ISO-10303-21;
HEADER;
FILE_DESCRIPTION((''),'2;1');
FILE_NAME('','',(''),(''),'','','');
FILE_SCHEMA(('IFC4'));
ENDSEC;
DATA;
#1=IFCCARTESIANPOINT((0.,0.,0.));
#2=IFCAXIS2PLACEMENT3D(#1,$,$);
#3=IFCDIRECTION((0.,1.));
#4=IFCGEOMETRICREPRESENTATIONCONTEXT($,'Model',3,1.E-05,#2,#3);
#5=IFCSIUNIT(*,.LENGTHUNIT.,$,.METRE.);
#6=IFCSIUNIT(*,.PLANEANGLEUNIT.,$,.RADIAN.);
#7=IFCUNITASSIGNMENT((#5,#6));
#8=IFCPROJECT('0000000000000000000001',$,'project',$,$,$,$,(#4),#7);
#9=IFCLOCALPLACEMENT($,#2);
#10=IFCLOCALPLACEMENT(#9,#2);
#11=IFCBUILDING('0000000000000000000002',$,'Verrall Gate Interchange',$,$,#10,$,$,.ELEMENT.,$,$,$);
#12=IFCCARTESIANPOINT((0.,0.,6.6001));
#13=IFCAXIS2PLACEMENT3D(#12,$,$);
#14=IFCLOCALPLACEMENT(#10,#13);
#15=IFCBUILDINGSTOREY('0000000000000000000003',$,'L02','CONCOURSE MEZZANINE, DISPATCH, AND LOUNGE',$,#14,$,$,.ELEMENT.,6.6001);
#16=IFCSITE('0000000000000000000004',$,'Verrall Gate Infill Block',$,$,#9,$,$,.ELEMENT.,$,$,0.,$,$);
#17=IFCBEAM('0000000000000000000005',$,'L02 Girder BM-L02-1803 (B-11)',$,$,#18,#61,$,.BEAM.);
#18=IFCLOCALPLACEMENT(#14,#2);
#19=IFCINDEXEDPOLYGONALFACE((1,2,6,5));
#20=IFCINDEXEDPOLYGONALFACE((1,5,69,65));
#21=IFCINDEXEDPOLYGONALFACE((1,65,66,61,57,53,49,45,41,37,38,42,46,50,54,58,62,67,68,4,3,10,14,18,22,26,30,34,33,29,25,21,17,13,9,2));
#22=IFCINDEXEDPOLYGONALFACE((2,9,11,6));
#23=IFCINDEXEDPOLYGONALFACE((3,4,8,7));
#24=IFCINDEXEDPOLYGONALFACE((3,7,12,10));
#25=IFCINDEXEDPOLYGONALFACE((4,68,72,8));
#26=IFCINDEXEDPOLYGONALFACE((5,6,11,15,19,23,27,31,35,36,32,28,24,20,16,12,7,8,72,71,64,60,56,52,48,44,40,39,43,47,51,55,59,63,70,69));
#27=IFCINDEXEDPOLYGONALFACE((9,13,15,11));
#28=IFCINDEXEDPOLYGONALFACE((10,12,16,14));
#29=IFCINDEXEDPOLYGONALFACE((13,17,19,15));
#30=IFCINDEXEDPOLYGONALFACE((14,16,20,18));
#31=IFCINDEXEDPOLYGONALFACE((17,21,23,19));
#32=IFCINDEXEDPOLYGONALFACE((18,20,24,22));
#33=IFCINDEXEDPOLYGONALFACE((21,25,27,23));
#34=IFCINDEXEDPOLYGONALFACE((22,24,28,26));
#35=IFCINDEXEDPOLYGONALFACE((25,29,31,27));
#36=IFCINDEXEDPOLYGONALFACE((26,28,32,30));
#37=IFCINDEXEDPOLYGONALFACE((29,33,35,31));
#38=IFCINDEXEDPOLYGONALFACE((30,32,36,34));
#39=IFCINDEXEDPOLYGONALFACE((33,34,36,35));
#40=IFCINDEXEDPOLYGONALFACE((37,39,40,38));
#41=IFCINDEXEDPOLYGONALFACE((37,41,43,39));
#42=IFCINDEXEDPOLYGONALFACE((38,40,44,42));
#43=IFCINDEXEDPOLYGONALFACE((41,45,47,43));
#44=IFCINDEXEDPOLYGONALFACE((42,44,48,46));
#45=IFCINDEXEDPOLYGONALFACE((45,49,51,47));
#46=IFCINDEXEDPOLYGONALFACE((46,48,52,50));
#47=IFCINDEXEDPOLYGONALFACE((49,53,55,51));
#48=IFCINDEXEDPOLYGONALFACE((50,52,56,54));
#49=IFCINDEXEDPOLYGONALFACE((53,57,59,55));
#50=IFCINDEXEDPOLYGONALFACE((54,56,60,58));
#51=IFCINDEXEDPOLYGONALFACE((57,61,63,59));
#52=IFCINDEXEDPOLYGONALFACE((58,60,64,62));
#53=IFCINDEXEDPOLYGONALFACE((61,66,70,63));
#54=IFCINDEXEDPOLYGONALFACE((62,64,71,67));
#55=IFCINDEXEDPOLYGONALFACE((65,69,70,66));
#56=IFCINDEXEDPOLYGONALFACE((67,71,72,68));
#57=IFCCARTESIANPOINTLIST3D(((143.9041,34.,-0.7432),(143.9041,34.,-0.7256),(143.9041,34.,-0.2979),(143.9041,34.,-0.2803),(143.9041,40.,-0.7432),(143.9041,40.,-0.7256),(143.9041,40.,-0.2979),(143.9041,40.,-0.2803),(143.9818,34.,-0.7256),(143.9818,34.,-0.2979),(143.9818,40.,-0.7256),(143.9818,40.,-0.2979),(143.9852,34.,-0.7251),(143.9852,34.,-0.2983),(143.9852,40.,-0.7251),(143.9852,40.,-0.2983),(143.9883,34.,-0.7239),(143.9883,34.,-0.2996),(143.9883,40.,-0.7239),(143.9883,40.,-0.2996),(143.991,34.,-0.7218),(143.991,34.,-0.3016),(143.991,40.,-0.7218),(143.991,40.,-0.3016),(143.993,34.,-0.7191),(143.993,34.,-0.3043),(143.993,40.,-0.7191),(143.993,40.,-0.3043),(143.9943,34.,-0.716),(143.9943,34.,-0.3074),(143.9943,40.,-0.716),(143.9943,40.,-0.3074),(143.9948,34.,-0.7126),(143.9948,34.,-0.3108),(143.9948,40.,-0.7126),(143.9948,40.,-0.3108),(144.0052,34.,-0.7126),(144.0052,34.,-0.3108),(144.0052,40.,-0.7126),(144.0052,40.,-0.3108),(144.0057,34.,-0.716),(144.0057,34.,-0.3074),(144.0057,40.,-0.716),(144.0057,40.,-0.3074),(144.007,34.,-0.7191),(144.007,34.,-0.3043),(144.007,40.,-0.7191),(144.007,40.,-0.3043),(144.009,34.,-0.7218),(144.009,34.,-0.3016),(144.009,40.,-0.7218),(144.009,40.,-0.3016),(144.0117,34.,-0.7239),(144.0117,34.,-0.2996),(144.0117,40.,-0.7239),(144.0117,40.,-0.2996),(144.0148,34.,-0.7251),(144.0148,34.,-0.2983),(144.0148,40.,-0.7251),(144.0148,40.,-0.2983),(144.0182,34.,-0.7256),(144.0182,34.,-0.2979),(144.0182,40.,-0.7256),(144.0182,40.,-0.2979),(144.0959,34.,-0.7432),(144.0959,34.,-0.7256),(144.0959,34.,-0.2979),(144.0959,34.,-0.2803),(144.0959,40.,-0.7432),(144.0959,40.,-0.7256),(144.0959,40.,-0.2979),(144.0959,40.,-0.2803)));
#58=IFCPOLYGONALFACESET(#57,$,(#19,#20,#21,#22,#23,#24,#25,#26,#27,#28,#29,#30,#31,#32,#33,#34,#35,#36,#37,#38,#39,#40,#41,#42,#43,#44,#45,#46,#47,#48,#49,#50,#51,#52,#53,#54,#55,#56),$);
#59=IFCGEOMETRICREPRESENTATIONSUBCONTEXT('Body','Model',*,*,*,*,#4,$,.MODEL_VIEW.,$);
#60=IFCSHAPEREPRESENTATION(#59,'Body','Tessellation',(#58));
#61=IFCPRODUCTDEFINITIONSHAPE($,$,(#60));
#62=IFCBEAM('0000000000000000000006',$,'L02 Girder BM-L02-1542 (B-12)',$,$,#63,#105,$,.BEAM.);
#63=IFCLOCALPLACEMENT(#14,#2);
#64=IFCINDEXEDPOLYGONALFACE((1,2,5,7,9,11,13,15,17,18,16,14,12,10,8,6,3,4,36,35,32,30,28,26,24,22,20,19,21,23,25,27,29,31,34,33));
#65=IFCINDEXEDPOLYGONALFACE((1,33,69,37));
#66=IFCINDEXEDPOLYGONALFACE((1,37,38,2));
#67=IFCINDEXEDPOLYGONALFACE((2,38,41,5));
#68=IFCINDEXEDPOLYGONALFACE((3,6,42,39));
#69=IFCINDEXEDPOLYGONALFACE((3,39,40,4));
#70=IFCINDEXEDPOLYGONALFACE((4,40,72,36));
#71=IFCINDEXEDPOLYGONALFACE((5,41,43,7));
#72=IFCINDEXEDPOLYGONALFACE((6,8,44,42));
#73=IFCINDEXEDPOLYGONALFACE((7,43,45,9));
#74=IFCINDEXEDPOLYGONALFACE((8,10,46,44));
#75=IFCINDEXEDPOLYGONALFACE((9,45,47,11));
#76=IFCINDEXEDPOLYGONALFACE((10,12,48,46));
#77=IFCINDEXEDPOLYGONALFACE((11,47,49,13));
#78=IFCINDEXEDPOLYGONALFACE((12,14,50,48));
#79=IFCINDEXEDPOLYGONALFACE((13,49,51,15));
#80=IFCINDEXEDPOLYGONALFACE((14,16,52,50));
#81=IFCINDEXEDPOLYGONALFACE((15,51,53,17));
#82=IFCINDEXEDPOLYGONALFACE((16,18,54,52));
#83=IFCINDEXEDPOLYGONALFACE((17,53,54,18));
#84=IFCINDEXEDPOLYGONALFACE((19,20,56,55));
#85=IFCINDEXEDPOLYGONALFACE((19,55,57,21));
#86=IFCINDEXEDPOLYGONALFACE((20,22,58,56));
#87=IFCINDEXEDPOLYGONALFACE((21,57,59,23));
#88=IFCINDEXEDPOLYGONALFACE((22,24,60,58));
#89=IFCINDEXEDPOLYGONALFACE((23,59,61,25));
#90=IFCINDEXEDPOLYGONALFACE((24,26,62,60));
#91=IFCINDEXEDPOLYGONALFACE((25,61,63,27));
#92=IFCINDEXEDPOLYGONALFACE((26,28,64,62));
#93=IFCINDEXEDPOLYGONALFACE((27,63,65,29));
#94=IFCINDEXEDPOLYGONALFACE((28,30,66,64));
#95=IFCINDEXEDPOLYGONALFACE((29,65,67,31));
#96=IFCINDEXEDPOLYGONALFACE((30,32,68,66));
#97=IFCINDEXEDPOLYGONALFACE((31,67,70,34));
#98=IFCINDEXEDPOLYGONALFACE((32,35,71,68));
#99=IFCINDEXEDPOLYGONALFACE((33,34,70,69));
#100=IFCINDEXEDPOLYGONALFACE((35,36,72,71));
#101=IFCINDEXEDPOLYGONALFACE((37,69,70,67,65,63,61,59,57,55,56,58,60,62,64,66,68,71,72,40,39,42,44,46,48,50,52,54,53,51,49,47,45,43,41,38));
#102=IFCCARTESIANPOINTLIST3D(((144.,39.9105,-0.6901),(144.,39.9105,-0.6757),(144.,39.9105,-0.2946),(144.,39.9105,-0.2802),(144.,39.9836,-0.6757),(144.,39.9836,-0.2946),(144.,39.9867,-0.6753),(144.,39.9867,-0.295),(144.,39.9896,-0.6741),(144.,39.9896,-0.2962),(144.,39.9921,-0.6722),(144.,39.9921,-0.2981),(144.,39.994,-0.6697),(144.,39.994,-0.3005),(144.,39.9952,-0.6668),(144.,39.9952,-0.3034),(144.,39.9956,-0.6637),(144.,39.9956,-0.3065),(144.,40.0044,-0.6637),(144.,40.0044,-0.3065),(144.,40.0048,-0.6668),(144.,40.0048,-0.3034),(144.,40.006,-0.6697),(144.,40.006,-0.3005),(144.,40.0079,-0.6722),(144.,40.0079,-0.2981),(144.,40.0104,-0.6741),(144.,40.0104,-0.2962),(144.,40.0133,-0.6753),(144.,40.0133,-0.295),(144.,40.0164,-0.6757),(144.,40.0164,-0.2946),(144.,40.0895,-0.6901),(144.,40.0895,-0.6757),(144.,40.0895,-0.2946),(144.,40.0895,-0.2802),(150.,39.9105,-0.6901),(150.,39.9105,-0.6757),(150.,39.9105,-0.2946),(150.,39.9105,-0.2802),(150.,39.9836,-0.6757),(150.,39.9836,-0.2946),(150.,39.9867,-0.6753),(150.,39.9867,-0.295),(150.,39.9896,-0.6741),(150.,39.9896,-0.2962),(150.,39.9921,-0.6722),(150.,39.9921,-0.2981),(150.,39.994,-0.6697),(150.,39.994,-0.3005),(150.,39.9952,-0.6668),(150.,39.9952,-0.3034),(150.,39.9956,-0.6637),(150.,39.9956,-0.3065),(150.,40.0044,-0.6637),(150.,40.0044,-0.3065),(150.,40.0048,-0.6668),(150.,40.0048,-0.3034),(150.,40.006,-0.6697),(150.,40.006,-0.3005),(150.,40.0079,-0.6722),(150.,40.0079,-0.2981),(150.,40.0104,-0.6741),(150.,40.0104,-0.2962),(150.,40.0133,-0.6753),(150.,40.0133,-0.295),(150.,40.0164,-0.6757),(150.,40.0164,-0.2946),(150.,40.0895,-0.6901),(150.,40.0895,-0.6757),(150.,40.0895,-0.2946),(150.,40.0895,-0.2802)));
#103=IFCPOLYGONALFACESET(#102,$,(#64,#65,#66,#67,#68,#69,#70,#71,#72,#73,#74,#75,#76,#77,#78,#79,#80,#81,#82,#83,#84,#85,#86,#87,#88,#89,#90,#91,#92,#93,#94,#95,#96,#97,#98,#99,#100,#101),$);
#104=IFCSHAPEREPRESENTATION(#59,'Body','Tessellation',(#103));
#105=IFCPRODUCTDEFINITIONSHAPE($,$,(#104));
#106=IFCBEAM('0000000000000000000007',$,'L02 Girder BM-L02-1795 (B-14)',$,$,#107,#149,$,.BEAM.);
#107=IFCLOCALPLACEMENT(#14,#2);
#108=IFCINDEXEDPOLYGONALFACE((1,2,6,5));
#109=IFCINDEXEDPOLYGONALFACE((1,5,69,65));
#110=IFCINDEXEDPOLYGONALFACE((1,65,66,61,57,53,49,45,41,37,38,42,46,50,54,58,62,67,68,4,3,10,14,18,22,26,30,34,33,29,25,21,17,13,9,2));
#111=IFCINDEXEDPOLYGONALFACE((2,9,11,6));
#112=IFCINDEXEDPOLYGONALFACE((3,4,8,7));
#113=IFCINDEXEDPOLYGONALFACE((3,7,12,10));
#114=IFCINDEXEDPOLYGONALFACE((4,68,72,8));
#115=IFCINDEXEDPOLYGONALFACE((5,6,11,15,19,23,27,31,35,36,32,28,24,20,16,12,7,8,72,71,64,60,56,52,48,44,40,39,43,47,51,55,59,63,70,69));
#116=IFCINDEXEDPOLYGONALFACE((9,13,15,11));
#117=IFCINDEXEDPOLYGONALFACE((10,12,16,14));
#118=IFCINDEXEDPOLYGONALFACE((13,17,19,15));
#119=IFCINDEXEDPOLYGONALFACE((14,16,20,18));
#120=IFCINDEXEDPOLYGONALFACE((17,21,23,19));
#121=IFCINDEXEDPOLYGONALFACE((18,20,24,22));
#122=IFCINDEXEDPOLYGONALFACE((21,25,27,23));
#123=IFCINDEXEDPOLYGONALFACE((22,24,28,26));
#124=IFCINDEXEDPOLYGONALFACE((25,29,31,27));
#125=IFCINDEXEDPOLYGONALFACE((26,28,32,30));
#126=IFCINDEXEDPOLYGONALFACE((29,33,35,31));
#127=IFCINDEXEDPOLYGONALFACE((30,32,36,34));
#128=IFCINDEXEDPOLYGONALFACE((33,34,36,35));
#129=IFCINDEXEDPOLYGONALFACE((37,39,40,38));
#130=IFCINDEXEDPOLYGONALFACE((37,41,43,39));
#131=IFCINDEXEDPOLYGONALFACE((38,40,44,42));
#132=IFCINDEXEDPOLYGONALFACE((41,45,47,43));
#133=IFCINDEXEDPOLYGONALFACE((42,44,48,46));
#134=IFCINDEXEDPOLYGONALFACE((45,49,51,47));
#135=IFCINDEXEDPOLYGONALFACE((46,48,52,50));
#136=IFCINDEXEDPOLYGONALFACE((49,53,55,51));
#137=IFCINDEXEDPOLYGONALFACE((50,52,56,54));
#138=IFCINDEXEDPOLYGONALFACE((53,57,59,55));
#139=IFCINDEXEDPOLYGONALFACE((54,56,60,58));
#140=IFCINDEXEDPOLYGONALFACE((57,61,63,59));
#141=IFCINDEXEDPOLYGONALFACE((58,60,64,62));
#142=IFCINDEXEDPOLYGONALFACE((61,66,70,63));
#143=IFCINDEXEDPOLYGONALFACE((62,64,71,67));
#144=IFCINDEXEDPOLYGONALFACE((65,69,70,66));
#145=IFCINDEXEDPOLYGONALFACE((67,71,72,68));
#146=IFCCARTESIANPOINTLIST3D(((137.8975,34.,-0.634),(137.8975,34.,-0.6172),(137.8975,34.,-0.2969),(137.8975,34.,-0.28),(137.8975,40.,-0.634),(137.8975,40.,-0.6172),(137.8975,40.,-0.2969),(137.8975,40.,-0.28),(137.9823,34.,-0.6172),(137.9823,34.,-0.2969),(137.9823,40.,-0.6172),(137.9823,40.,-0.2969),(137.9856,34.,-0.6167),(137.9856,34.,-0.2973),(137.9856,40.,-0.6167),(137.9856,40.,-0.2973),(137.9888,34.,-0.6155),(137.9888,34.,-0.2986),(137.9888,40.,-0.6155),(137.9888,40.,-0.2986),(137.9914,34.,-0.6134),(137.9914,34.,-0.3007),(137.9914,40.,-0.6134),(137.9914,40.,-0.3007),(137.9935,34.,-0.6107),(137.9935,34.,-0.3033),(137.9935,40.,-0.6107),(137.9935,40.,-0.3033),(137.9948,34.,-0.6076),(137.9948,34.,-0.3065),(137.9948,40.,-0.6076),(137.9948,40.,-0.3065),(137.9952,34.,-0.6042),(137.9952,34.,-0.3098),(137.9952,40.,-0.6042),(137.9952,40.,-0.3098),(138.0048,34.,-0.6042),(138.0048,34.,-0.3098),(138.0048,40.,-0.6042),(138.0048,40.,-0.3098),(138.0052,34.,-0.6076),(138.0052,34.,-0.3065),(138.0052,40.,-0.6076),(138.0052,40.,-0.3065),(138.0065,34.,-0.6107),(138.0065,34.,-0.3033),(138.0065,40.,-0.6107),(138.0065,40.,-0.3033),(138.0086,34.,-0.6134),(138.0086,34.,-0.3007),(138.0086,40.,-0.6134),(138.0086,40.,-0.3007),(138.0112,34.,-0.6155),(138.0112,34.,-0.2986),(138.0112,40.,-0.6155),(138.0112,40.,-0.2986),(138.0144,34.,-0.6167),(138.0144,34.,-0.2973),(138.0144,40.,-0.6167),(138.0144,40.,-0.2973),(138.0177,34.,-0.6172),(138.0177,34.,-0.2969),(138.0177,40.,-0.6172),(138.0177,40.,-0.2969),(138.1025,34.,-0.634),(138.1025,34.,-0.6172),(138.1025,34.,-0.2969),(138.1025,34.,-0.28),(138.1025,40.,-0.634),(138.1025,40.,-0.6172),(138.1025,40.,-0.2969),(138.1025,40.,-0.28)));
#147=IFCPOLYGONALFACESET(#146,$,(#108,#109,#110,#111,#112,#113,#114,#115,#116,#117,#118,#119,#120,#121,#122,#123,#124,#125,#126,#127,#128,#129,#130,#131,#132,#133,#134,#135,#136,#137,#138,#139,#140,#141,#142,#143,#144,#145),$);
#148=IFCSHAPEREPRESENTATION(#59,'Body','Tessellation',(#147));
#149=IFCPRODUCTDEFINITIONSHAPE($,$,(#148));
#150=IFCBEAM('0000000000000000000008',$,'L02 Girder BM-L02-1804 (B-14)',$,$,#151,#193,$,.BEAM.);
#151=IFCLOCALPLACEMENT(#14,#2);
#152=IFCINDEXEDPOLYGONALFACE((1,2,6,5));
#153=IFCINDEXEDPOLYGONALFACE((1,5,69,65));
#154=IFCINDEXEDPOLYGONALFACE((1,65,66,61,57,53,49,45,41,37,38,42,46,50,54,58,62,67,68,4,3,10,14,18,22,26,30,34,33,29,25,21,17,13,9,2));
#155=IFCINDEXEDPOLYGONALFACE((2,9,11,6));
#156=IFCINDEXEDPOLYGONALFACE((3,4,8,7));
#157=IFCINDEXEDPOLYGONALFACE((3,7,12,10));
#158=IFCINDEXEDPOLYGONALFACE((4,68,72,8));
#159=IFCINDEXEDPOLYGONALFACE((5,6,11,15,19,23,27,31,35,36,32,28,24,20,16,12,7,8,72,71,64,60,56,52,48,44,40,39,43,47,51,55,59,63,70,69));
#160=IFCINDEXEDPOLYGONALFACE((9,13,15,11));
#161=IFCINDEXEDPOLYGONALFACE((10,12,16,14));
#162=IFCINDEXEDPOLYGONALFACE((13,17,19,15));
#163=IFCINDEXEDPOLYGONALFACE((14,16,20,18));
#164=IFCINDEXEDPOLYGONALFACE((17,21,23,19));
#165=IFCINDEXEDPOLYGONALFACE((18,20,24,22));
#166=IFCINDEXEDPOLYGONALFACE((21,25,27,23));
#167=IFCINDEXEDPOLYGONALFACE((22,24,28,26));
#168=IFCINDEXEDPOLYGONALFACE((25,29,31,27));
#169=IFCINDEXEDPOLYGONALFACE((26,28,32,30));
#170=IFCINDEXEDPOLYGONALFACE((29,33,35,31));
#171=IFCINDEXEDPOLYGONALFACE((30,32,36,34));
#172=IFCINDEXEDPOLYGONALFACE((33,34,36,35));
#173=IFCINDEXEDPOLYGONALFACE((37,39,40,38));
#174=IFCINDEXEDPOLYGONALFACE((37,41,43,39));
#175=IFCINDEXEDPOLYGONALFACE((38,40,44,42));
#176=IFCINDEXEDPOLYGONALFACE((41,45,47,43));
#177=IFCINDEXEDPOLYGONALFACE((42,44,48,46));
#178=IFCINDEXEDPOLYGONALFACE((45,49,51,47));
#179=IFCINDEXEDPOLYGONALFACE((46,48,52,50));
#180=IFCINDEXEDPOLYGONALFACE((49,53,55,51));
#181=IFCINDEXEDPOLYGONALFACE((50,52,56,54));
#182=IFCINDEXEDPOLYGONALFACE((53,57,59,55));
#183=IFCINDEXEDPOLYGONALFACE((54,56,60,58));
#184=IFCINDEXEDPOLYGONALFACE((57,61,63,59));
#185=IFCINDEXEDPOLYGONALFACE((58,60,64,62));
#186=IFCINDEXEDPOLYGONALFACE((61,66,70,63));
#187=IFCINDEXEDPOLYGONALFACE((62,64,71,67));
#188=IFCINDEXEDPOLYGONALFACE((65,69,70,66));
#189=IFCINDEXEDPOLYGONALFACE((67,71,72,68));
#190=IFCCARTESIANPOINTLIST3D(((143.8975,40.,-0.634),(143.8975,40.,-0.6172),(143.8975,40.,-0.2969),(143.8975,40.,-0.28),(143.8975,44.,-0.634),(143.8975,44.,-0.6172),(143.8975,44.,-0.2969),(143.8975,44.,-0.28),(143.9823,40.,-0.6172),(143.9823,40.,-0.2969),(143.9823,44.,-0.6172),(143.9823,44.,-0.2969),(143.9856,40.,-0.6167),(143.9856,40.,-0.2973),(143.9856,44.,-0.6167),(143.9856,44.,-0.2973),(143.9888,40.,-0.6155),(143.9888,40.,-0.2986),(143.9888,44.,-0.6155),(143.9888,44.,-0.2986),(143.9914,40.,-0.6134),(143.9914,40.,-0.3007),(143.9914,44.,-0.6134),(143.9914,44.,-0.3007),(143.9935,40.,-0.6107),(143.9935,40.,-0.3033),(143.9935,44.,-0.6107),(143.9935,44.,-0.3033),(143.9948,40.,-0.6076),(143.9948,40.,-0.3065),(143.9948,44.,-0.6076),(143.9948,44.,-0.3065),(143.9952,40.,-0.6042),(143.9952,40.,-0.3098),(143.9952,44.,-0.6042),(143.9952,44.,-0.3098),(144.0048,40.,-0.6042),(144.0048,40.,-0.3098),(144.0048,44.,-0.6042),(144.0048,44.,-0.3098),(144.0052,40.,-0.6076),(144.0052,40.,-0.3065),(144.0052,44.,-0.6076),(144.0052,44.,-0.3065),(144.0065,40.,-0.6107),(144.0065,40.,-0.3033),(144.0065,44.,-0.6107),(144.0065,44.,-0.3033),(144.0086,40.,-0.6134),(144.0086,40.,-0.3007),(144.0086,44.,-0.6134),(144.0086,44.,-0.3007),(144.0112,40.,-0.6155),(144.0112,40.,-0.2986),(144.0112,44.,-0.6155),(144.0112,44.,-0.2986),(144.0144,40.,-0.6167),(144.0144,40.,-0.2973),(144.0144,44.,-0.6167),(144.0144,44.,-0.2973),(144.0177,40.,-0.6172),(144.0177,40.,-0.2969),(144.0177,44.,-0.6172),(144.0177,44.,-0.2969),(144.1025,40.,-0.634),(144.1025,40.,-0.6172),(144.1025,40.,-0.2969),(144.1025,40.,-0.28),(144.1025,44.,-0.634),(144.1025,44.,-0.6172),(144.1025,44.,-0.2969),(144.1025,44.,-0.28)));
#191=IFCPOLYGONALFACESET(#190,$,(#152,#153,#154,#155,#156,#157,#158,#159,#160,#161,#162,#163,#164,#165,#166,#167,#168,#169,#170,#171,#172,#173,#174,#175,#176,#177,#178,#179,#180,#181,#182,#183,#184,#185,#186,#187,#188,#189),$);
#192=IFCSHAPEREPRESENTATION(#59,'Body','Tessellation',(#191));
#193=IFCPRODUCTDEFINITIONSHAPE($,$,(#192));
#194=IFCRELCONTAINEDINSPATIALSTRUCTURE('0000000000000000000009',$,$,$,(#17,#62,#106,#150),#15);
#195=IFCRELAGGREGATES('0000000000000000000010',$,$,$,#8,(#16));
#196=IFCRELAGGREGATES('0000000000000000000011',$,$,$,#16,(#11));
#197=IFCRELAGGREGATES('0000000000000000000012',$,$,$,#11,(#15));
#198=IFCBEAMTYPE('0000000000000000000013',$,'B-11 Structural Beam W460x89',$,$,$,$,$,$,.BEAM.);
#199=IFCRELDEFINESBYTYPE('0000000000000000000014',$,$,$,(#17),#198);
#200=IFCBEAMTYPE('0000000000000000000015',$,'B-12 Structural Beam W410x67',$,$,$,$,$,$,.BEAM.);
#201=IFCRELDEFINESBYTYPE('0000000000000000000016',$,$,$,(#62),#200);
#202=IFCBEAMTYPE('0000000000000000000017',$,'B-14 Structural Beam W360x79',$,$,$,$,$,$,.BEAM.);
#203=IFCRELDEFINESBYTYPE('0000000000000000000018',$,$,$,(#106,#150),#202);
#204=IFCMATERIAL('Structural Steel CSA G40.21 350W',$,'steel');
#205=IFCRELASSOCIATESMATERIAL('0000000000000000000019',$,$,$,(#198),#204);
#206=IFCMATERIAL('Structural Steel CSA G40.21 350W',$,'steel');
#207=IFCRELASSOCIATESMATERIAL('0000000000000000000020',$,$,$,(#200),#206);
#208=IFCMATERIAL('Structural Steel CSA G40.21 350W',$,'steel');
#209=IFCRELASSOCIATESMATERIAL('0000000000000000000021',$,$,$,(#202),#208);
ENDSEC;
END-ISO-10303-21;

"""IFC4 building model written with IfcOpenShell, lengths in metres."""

from ifc_helpers import new_model, si_unit, direction, frame, origin, origin_2d, place, context, subcontext, project, spatial, i_section, extrude, material, material_profile, profile_set, type_object, element, save


model = new_model("IFC4")

# Units and contexts
model_context = context("Model", 3, precision=1e-05, world=origin(), true_north=direction((0.0, 1.0)))
body_context = subcontext(model_context, "Body", "Model", "MODEL_VIEW")
ifc_project = project(units=[si_unit("LENGTHUNIT", "METRE"), si_unit("PLANEANGLEUNIT", "RADIAN")], contexts=[model_context])

# Site, building, storey
site_placement = place(None, origin())
site = spatial("IfcSite", under=ifc_project, at=site_placement, Name="Verrall Gate Infill Block", CompositionType="ELEMENT", RefElevation=0.0)
building_placement = place(site_placement, origin())
building = spatial("IfcBuilding", under=site, at=building_placement, Name="Verrall Gate Interchange", CompositionType="ELEMENT")
storey_placement = place(building_placement, frame((0.0, 0.0, 6.6001)))
storey = spatial("IfcBuildingStorey", under=building, at=storey_placement, Name="L02", Description="CONCOURSE MEZZANINE, DISPATCH, AND LOUNGE", CompositionType="ELEMENT", Elevation=6.6001)

# Beams
ifc_material_1 = material(Name="Structural Steel CSA G40.21 350W", Category="steel")
ifc_material_profile_1 = material_profile(ifc_material_1, i_section(OverallWidth=0.1919, OverallDepth=0.4629, WebThickness=0.0105, FlangeThickness=0.0176, FilletRadius=0.0129, at=origin_2d()), Name="W460x89")
ifc_profile_set_1 = profile_set([ifc_material_profile_1], Name="Structural Steel CSA G40.21 350W")
beam_type_1 = type_object("IfcBeamType", Name="B-11 Structural Beam W460x89", PredefinedType="BEAM", material=ifc_profile_set_1)
beam_1_placement = place(storey_placement, frame((144.0, 34.0, -0.5117), z_axis=(0.0, 1.0, 0.0), x_axis=(-1.0, 0.0, 0.0)))
element("IfcBeam", 1, at=beam_1_placement, inside=storey, type_object=beam_type_1, Name="L02 Girder BM-L02-1803 (B-11)", PredefinedType="BEAM", context=body_context, shape_type="SweptSolid", body=[
    extrude(i_section(OverallWidth=0.1919, OverallDepth=0.4629, WebThickness=0.0105, FlangeThickness=0.0176, FilletRadius=0.0129, at=origin_2d()), origin(), (0.0, 0.0, 1.0), 6.0),
])
ifc_material_2 = material(Name="Structural Steel CSA G40.21 350W", Category="steel")
ifc_material_profile_2 = material_profile(ifc_material_2, i_section(OverallWidth=0.179, OverallDepth=0.4099, WebThickness=0.0088, FlangeThickness=0.0144, FilletRadius=0.012, at=origin_2d()), Name="W410x67")
ifc_profile_set_2 = profile_set([ifc_material_profile_2], Name="Structural Steel CSA G40.21 350W")
beam_type_2 = type_object("IfcBeamType", Name="B-12 Structural Beam W410x67", PredefinedType="BEAM", material=ifc_profile_set_2)
beam_2_placement = place(storey_placement, frame((144.0, 40.0, -0.4851), z_axis=(1.0, 0.0, 0.0), x_axis=(0.0, 1.0, 0.0)))
element("IfcBeam", 2, at=beam_2_placement, inside=storey, type_object=beam_type_2, Name="L02 Girder BM-L02-1542 (B-12)", PredefinedType="BEAM", context=body_context, shape_type="SweptSolid", body=[
    extrude(i_section(OverallWidth=0.179, OverallDepth=0.4099, WebThickness=0.0088, FlangeThickness=0.0144, FilletRadius=0.012, at=origin_2d()), origin(), (0.0, 0.0, 1.0), 6.0),
])
ifc_material_3 = material(Name="Structural Steel CSA G40.21 350W", Category="steel")
ifc_material_profile_3 = material_profile(ifc_material_3, i_section(OverallWidth=0.2051, OverallDepth=0.354, WebThickness=0.0095, FlangeThickness=0.0168, FilletRadius=0.0129, at=origin_2d()), Name="W360x79")
ifc_profile_set_3 = profile_set([ifc_material_profile_3], Name="Structural Steel CSA G40.21 350W")
beam_type_3 = type_object("IfcBeamType", Name="B-14 Structural Beam W360x79", PredefinedType="BEAM", material=ifc_profile_set_3)
beam_3_placement = place(storey_placement, frame((138.0, 34.0, -0.457), z_axis=(0.0, 1.0, 0.0), x_axis=(-1.0, 0.0, 0.0)))
element("IfcBeam", 3, at=beam_3_placement, inside=storey, type_object=beam_type_3, Name="L02 Girder BM-L02-1795 (B-14)", PredefinedType="BEAM", context=body_context, shape_type="SweptSolid", body=[
    extrude(i_section(OverallWidth=0.2051, OverallDepth=0.354, WebThickness=0.0095, FlangeThickness=0.0168, FilletRadius=0.0129, at=origin_2d()), origin(), (0.0, 0.0, 1.0), 6.0),
])
beam_4_placement = place(storey_placement, frame((144.0, 40.0, -0.457), z_axis=(0.0, 1.0, 0.0), x_axis=(-1.0, 0.0, 0.0)))
element("IfcBeam", 4, at=beam_4_placement, inside=storey, type_object=beam_type_3, Name="L02 Girder BM-L02-1804 (B-14)", PredefinedType="BEAM", context=body_context, shape_type="SweptSolid", body=[
    extrude(i_section(OverallWidth=0.2051, OverallDepth=0.354, WebThickness=0.0095, FlangeThickness=0.0168, FilletRadius=0.0129, at=origin_2d()), origin(), (0.0, 0.0, 1.0), 4.0),
])

save(model, "model.ifc")
